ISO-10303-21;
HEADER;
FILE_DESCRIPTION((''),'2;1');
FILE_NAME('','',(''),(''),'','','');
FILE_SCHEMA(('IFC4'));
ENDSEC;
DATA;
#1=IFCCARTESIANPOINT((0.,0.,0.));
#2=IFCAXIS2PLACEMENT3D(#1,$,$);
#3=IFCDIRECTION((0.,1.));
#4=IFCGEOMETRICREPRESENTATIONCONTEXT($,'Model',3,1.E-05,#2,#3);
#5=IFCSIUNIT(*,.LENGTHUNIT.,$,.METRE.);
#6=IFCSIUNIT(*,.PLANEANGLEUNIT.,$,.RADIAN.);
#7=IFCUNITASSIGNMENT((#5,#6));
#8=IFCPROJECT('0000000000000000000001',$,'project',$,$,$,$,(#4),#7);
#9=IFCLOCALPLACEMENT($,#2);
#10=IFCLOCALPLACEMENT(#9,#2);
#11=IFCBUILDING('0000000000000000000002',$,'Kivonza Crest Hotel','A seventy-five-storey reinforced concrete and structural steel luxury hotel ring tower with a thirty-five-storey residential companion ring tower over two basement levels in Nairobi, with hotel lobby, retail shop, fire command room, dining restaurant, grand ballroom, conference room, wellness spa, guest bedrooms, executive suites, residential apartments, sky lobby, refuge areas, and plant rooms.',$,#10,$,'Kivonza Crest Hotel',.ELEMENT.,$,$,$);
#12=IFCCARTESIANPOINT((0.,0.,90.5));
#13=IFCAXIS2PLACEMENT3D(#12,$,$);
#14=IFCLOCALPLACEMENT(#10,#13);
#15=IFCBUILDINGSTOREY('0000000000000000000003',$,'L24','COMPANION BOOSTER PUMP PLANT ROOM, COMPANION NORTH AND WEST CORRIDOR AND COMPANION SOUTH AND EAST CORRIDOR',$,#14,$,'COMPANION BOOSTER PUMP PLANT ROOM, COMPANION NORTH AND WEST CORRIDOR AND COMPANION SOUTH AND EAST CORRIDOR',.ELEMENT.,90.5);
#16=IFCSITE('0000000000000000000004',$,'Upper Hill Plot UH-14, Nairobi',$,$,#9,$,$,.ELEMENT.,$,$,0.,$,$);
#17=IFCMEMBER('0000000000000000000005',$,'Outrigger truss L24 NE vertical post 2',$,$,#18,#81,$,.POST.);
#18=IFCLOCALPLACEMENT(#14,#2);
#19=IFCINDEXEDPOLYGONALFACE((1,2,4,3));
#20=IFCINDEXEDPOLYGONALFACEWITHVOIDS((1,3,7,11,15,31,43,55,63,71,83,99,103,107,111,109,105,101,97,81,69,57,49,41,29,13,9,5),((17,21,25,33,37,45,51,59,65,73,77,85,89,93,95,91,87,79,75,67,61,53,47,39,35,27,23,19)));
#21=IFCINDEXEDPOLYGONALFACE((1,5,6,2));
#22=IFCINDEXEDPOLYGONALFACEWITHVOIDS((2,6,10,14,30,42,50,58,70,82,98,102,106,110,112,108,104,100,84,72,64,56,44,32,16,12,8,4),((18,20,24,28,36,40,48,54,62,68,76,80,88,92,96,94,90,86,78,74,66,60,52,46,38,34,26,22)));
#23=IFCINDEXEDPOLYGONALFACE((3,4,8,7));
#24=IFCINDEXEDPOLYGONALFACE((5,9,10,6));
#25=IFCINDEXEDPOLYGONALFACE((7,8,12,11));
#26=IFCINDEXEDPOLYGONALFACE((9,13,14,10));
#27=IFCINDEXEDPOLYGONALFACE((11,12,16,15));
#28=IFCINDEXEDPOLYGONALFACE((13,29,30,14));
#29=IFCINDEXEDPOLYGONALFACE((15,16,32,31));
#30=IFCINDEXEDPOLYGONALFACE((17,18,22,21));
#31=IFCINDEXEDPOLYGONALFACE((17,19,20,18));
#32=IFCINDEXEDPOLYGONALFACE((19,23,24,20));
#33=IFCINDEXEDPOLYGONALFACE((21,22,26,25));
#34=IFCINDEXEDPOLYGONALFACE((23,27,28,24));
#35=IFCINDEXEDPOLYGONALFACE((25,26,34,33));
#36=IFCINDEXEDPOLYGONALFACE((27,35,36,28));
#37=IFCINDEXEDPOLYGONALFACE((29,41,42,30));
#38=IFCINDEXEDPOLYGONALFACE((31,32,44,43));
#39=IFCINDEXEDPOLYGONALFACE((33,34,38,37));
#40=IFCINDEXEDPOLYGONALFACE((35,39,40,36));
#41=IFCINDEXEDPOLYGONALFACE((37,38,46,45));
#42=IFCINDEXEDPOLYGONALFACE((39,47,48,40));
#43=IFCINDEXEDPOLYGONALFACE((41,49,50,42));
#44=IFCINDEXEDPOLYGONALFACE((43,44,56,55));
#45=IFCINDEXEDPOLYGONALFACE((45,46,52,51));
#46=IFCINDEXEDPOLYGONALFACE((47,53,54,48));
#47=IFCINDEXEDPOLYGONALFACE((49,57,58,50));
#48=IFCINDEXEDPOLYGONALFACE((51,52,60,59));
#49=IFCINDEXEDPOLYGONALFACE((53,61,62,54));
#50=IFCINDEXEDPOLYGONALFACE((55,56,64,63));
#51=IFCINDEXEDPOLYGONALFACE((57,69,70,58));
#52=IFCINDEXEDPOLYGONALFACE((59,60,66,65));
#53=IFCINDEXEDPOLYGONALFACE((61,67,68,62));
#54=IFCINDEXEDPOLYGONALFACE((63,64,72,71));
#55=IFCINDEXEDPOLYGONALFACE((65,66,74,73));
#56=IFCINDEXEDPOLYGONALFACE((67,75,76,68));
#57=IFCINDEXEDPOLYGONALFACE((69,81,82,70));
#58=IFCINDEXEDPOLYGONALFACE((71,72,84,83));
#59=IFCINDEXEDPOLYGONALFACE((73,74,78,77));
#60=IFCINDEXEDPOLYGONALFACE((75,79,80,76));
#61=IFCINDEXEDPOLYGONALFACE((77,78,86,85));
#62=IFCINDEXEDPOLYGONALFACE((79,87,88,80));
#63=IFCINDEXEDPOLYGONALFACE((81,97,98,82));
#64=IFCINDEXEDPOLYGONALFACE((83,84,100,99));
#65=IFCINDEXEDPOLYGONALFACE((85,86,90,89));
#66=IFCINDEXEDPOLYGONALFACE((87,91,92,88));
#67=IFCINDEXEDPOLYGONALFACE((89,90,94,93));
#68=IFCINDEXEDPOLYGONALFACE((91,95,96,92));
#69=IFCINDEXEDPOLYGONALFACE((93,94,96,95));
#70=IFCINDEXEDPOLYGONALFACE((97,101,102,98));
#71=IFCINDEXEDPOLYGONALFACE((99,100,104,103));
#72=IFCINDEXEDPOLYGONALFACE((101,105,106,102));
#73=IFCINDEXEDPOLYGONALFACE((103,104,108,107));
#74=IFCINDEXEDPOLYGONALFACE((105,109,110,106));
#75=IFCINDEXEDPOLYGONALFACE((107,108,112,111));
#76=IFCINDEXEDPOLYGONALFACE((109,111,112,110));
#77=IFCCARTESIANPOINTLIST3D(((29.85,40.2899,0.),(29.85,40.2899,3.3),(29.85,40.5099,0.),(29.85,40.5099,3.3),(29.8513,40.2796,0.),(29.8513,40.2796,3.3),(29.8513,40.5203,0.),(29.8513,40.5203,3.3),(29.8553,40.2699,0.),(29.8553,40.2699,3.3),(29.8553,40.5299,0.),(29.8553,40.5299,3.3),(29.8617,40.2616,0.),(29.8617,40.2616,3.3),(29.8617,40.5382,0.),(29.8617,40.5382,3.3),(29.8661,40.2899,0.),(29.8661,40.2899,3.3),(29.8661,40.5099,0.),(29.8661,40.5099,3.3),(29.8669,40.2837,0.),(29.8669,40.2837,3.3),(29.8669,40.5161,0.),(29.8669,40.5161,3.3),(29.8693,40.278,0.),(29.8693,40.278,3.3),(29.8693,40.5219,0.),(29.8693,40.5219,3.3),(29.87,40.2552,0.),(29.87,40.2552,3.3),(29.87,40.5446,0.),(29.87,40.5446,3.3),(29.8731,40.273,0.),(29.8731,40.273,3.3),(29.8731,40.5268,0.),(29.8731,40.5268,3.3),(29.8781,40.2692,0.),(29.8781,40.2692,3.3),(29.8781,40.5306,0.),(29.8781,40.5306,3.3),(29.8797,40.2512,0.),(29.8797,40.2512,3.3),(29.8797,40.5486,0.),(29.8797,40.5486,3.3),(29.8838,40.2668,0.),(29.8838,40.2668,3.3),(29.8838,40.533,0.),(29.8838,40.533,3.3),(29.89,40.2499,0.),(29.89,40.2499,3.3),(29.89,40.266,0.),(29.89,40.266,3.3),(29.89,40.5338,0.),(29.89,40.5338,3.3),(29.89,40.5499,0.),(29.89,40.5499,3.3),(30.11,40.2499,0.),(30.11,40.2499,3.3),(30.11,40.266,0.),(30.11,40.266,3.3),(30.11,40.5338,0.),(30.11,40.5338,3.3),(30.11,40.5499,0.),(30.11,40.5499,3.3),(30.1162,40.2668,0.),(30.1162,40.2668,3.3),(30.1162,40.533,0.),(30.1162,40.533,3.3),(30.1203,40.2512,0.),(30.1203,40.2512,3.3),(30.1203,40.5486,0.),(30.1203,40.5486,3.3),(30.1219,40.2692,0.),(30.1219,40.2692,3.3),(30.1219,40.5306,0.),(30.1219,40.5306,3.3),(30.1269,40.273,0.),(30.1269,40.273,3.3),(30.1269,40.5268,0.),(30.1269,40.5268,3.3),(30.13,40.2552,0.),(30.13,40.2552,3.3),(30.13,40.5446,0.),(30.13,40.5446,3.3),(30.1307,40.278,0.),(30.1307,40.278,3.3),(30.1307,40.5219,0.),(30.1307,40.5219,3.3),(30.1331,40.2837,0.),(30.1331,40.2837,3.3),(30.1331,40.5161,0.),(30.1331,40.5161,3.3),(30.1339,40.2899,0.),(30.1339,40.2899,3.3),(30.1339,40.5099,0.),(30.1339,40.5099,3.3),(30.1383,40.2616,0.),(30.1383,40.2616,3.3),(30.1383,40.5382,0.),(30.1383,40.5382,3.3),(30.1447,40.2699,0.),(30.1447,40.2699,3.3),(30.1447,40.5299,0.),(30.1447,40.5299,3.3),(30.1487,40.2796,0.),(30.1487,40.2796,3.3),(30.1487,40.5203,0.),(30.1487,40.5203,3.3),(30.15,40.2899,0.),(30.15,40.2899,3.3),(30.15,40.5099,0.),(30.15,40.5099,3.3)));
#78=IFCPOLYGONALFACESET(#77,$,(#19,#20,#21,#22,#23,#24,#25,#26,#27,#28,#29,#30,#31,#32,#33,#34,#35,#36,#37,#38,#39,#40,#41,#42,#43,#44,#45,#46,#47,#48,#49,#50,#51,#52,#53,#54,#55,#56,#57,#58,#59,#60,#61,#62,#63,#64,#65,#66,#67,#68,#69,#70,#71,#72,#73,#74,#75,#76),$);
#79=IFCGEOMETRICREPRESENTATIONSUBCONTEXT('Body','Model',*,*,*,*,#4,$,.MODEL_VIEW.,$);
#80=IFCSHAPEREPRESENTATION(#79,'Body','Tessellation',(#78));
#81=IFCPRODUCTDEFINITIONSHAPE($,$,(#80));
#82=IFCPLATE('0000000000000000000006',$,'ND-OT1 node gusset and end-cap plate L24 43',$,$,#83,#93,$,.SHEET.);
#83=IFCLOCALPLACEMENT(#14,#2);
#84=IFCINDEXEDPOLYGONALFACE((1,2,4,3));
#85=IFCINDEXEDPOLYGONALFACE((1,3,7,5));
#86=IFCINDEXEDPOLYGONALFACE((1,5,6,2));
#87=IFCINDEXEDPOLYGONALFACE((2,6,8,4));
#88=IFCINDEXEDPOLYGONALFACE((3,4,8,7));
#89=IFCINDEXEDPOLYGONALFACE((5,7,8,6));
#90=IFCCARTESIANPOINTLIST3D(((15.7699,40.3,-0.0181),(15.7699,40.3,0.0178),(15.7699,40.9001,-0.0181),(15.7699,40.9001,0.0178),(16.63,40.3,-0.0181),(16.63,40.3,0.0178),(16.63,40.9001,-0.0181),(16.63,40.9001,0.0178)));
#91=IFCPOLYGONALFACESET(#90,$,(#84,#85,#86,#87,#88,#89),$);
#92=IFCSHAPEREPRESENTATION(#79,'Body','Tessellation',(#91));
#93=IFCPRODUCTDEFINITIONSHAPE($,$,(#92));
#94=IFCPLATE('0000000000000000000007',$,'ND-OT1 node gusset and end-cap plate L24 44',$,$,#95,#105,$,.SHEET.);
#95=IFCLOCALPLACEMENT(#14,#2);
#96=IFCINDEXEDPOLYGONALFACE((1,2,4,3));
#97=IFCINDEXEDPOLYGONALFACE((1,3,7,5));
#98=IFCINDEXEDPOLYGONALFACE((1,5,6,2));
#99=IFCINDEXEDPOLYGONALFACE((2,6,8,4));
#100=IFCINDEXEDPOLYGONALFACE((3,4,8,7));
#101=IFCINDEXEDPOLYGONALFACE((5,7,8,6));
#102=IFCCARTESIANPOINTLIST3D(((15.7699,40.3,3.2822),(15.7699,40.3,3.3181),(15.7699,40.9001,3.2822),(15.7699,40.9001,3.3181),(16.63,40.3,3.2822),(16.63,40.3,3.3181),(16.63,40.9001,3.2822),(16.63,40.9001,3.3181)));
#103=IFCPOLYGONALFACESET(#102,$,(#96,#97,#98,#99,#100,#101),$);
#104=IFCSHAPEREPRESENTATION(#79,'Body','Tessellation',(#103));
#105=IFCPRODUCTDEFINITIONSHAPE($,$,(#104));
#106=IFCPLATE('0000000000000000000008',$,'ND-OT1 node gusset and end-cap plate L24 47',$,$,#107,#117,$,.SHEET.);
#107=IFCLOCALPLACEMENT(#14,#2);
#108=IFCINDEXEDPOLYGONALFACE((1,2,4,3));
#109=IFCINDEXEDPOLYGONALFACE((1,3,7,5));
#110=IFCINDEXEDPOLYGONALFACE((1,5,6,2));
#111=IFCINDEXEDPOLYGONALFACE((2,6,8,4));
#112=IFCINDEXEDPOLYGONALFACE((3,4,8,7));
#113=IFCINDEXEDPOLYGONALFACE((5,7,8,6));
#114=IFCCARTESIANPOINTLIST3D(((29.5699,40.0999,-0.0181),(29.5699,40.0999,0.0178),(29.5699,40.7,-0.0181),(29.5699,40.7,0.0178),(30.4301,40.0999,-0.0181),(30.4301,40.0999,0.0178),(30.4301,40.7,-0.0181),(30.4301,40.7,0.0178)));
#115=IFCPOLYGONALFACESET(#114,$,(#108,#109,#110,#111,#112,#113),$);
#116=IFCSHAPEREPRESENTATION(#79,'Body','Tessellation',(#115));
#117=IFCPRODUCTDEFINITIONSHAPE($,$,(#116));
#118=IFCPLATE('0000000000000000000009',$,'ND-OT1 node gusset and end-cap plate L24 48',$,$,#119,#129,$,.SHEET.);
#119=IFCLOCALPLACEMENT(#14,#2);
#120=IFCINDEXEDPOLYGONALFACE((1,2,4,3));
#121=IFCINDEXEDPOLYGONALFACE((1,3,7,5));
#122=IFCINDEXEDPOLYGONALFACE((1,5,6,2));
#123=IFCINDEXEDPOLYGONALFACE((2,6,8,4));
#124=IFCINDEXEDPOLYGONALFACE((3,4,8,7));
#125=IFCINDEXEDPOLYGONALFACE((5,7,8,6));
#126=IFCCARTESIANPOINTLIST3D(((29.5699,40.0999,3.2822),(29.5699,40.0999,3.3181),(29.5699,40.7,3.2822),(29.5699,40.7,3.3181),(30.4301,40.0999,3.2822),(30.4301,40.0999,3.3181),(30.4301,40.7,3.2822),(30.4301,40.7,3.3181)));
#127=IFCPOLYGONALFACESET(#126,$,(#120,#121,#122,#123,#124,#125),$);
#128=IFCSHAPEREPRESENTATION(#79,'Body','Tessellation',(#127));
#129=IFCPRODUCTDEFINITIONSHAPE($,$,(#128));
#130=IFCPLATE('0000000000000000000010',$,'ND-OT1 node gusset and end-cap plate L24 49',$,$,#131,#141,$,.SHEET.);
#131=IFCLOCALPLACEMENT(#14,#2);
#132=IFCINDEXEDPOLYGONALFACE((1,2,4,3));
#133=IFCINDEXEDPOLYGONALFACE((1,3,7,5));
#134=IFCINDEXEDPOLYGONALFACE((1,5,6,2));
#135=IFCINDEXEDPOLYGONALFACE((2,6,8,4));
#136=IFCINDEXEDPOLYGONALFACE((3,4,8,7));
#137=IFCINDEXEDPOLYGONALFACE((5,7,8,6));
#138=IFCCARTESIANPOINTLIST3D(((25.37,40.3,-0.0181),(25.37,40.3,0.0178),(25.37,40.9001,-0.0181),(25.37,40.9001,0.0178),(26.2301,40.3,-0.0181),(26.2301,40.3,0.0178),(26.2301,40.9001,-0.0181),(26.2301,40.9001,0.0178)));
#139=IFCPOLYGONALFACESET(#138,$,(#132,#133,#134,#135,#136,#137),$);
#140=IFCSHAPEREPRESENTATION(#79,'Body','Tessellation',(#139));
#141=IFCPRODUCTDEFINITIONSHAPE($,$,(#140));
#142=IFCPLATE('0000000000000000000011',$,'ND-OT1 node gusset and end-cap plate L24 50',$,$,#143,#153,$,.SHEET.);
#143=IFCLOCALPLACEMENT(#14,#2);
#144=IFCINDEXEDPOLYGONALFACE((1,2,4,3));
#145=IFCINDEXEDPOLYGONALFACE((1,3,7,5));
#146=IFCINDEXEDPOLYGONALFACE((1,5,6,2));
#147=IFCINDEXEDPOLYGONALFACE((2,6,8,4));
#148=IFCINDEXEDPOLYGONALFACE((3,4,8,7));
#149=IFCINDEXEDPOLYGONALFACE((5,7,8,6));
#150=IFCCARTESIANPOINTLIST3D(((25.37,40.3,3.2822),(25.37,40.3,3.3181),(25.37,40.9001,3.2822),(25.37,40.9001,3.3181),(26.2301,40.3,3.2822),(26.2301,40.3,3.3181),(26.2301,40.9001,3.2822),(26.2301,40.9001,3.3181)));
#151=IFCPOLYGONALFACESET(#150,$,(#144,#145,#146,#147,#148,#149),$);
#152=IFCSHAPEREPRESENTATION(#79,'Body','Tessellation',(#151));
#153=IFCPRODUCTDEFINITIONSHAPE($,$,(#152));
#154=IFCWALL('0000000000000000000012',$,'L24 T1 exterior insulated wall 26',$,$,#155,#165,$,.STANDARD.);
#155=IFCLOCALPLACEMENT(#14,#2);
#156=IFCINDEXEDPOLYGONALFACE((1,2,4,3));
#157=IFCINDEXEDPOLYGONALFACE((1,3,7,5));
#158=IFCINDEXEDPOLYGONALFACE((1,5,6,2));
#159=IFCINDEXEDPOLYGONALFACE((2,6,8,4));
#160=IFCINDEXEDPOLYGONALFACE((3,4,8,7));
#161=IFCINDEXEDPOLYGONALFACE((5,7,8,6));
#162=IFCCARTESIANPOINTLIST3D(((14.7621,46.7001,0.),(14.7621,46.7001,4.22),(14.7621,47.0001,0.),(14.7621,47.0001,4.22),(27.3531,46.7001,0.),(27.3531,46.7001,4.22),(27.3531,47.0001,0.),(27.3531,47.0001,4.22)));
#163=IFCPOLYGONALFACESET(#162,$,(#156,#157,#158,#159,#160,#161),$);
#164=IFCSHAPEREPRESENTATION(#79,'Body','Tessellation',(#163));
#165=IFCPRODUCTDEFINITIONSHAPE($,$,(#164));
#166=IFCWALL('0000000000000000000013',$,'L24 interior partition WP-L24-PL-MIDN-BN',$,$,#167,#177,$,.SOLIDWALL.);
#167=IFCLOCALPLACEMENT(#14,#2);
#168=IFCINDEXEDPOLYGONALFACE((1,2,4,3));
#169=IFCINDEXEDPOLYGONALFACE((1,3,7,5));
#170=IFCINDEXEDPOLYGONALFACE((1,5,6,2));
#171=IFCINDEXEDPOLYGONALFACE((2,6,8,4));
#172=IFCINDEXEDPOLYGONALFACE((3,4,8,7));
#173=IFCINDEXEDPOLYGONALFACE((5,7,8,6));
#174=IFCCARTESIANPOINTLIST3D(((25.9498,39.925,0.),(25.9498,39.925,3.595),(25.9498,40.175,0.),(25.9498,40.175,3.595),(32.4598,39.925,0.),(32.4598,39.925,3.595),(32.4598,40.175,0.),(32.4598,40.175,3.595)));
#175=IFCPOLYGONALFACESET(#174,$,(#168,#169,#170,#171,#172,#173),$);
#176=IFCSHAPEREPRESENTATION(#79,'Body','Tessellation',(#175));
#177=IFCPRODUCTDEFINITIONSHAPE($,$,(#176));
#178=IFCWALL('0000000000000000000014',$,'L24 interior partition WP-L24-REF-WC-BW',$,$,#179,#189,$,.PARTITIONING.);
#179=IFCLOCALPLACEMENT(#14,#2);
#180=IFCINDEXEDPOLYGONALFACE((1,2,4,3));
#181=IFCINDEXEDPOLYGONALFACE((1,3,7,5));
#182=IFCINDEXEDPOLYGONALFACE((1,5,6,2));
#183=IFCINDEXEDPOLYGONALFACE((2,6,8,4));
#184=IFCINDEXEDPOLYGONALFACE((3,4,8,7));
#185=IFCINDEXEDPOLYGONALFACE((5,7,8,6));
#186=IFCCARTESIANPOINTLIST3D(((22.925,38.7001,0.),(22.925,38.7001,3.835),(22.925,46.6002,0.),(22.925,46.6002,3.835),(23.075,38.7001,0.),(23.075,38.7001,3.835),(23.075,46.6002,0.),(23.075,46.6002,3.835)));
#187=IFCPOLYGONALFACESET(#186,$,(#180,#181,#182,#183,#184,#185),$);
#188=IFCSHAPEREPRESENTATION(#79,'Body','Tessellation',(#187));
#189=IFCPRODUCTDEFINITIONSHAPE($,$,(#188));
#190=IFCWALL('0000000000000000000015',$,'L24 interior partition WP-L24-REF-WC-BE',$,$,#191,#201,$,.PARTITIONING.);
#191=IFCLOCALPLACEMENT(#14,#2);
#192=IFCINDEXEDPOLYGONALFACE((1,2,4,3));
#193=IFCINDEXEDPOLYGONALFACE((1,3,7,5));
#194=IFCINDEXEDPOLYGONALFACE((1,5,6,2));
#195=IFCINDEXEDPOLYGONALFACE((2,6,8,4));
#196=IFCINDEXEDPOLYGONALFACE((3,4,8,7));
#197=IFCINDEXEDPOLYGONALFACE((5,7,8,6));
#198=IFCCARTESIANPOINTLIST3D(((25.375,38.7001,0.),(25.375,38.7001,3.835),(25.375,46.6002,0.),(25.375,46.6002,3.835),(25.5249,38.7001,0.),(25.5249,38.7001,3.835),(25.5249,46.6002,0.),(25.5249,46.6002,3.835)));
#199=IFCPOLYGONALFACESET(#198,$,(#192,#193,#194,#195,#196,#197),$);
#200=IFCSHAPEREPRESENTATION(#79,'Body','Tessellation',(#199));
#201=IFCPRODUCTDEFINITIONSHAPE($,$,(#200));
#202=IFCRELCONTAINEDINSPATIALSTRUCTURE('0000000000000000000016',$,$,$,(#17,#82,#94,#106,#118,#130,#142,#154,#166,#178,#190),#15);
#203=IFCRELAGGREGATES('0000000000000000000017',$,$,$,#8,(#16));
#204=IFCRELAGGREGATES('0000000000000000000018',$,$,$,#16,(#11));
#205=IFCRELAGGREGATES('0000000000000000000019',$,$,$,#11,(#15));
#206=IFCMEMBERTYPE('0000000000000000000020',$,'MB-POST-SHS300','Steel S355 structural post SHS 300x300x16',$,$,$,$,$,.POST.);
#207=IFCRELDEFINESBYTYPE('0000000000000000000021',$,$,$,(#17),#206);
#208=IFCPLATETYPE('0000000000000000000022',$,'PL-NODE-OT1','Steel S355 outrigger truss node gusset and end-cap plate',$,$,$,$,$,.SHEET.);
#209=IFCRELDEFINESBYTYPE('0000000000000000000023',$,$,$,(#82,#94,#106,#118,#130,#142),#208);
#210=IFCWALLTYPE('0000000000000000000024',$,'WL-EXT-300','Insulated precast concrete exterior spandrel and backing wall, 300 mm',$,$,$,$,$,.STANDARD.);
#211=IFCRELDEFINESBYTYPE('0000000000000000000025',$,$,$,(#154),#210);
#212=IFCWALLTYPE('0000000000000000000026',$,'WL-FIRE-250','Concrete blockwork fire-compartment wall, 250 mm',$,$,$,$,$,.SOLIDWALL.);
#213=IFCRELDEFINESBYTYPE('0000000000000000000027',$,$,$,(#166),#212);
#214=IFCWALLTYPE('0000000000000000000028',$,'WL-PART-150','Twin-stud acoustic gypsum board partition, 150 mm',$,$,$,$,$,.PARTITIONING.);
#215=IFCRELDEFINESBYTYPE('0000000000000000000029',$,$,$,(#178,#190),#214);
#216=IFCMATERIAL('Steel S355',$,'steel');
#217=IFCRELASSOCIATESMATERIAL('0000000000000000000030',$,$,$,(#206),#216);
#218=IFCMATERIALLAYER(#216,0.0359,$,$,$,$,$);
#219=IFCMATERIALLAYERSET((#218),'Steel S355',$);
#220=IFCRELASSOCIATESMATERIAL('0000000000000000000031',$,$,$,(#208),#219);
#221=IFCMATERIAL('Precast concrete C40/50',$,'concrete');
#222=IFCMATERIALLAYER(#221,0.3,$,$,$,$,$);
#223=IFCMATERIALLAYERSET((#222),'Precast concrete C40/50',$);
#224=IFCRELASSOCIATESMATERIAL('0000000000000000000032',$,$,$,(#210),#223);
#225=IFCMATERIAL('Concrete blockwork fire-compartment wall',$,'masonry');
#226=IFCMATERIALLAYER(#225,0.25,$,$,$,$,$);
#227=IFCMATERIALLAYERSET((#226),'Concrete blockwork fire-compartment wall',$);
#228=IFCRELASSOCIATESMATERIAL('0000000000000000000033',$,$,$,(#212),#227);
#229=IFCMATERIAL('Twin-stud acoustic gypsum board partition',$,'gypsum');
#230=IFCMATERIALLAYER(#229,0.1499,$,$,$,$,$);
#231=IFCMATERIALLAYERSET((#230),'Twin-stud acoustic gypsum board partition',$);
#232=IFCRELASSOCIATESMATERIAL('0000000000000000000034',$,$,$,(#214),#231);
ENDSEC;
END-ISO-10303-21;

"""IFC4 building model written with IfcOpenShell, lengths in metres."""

from ifc_helpers import new_model, si_unit, direction, frame, frame_2d, origin, origin_2d, place, context, subcontext, project, spatial, rectangle, hollow_rectangle, extrude, material, layer, layer_set, material_profile, profile_set, type_object, element, save


model = new_model("IFC4")

# Units and contexts
model_context = context("Model", 3, precision=1e-05, world=origin(), true_north=direction((0.0, 1.0)))
body_context = subcontext(model_context, "Body", "Model", "MODEL_VIEW")
ifc_project = project(units=[si_unit("LENGTHUNIT", "METRE"), si_unit("PLANEANGLEUNIT", "RADIAN")], contexts=[model_context])

# Site, building, storey
site_placement = place(None, origin())
site = spatial("IfcSite", under=ifc_project, at=site_placement, Name="Upper Hill Plot UH-14, Nairobi", CompositionType="ELEMENT", RefElevation=0.0)
building_placement = place(site_placement, origin())
building = spatial("IfcBuilding", under=site, at=building_placement, Name="Kivonza Crest Hotel", Description="A seventy-five-storey reinforced concrete and structural steel luxury hotel ring tower with a thirty-five-storey residential companion ring tower over two basement levels in Nairobi, with hotel lobby, retail shop, fire command room, dining restaurant, grand ballroom, conference room, wellness spa, guest bedrooms, executive suites, residential apartments, sky lobby, refuge areas, and plant rooms.", LongName="Kivonza Crest Hotel", CompositionType="ELEMENT")
storey_placement = place(building_placement, frame((0.0, 0.0, 90.5)))
storey = spatial("IfcBuildingStorey", under=building, at=storey_placement, Name="L24", Description="COMPANION BOOSTER PUMP PLANT ROOM, COMPANION NORTH AND WEST CORRIDOR AND COMPANION SOUTH AND EAST CORRIDOR", LongName="COMPANION BOOSTER PUMP PLANT ROOM, COMPANION NORTH AND WEST CORRIDOR AND COMPANION SOUTH AND EAST CORRIDOR", CompositionType="ELEMENT", Elevation=90.5)

# Shared definitions
ifc_material_1 = material(Name="Steel S355", Category="steel")

# Member
ifc_material_profile_1 = material_profile(ifc_material_1, hollow_rectangle(XDim=0.3, YDim=0.3, WallThickness=0.0161, InnerFilletRadius=0.0239, OuterFilletRadius=0.04, at=origin_2d()), Name="SHS 300x300x16")
ifc_profile_set_1 = profile_set([ifc_material_profile_1], Name="Steel S355")
member_type_1 = type_object("IfcMemberType", Name="MB-POST-SHS300", Description="Steel S355 structural post SHS 300x300x16", PredefinedType="POST", material=ifc_profile_set_1)
member_placement = place(storey_placement, frame((30.0, 40.3999, 0.0), z_axis=(0.0, 0.0, 1.0), x_axis=(1.0, 0.0, 0.0)))
element("IfcMember", 1, at=member_placement, inside=storey, type_object=member_type_1, Name="Outrigger truss L24 NE vertical post 2", PredefinedType="POST", context=body_context, shape_type="SweptSolid", body=[
    extrude(hollow_rectangle(XDim=0.3, YDim=0.3, WallThickness=0.0161, InnerFilletRadius=0.0239, OuterFilletRadius=0.04, at=origin_2d()), origin(), (0.0, 0.0, 1.0), 3.3),
])

# Plates
ifc_layer_1 = layer(ifc_material_1, 0.0359)
ifc_layer_set_1 = layer_set([ifc_layer_1], Name="Steel S355")
plate_type = type_object("IfcPlateType", Name="PL-NODE-OT1", Description="Steel S355 outrigger truss node gusset and end-cap plate", PredefinedType="SHEET", material=ifc_layer_set_1)
for number, where, z_axis, x_axis, name in (
    (2, (16.2, 40.6001, -0.0181), (0.0, 0.0, 1.0), (1.0, 0.0, 0.0), "ND-OT1 node gusset and end-cap plate L24 43"),
    (3, (16.2, 40.6001, 3.2822), (0.0, 0.0, 1.0), (1.0, 0.0, 0.0), "ND-OT1 node gusset and end-cap plate L24 44"),
    (4, (30.0, 40.3999, -0.0181), (0.0, 0.0, 1.0), (1.0, 0.0, 0.0), "ND-OT1 node gusset and end-cap plate L24 47"),
    (5, (30.0, 40.3999, 3.2822), (0.0, 0.0, 1.0), (1.0, 0.0, 0.0), "ND-OT1 node gusset and end-cap plate L24 48"),
    (6, (25.8, 40.6001, -0.0181), (0.0, 0.0, 1.0), (1.0, 0.0, 0.0), "ND-OT1 node gusset and end-cap plate L24 49"),
    (7, (25.8, 40.6001, 3.2822), (0.0, 0.0, 1.0), (1.0, 0.0, 0.0), "ND-OT1 node gusset and end-cap plate L24 50"),
):
    element("IfcPlate", number, at=place(storey_placement, frame(where, z_axis=z_axis, x_axis=x_axis)), inside=storey, type_object=plate_type, Name=name, PredefinedType="SHEET", context=body_context, shape_type="SweptSolid", body=[
        extrude(rectangle(XDim=0.8601, YDim=0.6001, at=origin_2d()), origin(), (0.0, 0.0, 1.0), 0.0359),
    ])

# Walls
ifc_material_2 = material(Name="Precast concrete C40/50", Category="concrete")
ifc_layer_2 = layer(ifc_material_2, 0.3)
ifc_layer_set_2 = layer_set([ifc_layer_2], Name="Precast concrete C40/50")
wall_type_1 = type_object("IfcWallType", Name="WL-EXT-300", Description="Insulated precast concrete exterior spandrel and backing wall, 300 mm", PredefinedType="STANDARD", material=ifc_layer_set_2)
wall_1_placement = place(storey_placement, frame((27.353, 46.8501, 0.0), z_axis=(0.0, 0.0, 1.0), x_axis=(-1.0, 0.0, 0.0)))
element("IfcWall", 8, at=wall_1_placement, inside=storey, type_object=wall_type_1, Name="L24 T1 exterior insulated wall 26", PredefinedType="STANDARD", context=body_context, shape_type="SweptSolid", body=[
    extrude(rectangle(XDim=12.5911, YDim=0.3, at=frame_2d((6.2954, 0.0))), origin(), (0.0, 0.0, 1.0), 4.22),
])
ifc_material_3 = material(Name="Concrete blockwork fire-compartment wall", Category="masonry")
ifc_layer_3 = layer(ifc_material_3, 0.25)
ifc_layer_set_3 = layer_set([ifc_layer_3], Name="Concrete blockwork fire-compartment wall")
wall_type_2 = type_object("IfcWallType", Name="WL-FIRE-250", Description="Concrete blockwork fire-compartment wall, 250 mm", PredefinedType="SOLIDWALL", material=ifc_layer_set_3)
wall_2_placement = place(storey_placement, frame((25.95, 40.05, 0.0), z_axis=(0.0, 0.0, 1.0), x_axis=(1.0, 0.0, 0.0)))
element("IfcWall", 9, at=wall_2_placement, inside=storey, type_object=wall_type_2, Name="L24 interior partition WP-L24-PL-MIDN-BN", PredefinedType="SOLIDWALL", context=body_context, shape_type="SweptSolid", body=[
    extrude(rectangle(XDim=6.51, YDim=0.25, at=frame_2d((3.2549, 0.0))), origin(), (0.0, 0.0, 1.0), 3.595),
])
ifc_material_4 = material(Name="Twin-stud acoustic gypsum board partition", Category="gypsum")
ifc_layer_4 = layer(ifc_material_4, 0.1499)
ifc_layer_set_4 = layer_set([ifc_layer_4], Name="Twin-stud acoustic gypsum board partition")
wall_type_3 = type_object("IfcWallType", Name="WL-PART-150", Description="Twin-stud acoustic gypsum board partition, 150 mm", PredefinedType="PARTITIONING", material=ifc_layer_set_4)
for number, where, z_axis, x_axis, name in (
    (10, (23.0, 38.7, 0.0), (0.0, 0.0, 1.0), (0.0, 1.0, 0.0), "L24 interior partition WP-L24-REF-WC-BW"),
    (11, (25.45, 38.7, 0.0), (0.0, 0.0, 1.0), (0.0, 1.0, 0.0), "L24 interior partition WP-L24-REF-WC-BE"),
):
    element("IfcWall", number, at=place(storey_placement, frame(where, z_axis=z_axis, x_axis=x_axis)), inside=storey, type_object=wall_type_3, Name=name, PredefinedType="PARTITIONING", context=body_context, shape_type="SweptSolid", body=[
        extrude(rectangle(XDim=7.9001, YDim=0.1499, at=frame_2d((3.9502, 0.0))), origin(), (0.0, 0.0, 1.0), 3.835),
    ])

save(model, "model.ifc")
